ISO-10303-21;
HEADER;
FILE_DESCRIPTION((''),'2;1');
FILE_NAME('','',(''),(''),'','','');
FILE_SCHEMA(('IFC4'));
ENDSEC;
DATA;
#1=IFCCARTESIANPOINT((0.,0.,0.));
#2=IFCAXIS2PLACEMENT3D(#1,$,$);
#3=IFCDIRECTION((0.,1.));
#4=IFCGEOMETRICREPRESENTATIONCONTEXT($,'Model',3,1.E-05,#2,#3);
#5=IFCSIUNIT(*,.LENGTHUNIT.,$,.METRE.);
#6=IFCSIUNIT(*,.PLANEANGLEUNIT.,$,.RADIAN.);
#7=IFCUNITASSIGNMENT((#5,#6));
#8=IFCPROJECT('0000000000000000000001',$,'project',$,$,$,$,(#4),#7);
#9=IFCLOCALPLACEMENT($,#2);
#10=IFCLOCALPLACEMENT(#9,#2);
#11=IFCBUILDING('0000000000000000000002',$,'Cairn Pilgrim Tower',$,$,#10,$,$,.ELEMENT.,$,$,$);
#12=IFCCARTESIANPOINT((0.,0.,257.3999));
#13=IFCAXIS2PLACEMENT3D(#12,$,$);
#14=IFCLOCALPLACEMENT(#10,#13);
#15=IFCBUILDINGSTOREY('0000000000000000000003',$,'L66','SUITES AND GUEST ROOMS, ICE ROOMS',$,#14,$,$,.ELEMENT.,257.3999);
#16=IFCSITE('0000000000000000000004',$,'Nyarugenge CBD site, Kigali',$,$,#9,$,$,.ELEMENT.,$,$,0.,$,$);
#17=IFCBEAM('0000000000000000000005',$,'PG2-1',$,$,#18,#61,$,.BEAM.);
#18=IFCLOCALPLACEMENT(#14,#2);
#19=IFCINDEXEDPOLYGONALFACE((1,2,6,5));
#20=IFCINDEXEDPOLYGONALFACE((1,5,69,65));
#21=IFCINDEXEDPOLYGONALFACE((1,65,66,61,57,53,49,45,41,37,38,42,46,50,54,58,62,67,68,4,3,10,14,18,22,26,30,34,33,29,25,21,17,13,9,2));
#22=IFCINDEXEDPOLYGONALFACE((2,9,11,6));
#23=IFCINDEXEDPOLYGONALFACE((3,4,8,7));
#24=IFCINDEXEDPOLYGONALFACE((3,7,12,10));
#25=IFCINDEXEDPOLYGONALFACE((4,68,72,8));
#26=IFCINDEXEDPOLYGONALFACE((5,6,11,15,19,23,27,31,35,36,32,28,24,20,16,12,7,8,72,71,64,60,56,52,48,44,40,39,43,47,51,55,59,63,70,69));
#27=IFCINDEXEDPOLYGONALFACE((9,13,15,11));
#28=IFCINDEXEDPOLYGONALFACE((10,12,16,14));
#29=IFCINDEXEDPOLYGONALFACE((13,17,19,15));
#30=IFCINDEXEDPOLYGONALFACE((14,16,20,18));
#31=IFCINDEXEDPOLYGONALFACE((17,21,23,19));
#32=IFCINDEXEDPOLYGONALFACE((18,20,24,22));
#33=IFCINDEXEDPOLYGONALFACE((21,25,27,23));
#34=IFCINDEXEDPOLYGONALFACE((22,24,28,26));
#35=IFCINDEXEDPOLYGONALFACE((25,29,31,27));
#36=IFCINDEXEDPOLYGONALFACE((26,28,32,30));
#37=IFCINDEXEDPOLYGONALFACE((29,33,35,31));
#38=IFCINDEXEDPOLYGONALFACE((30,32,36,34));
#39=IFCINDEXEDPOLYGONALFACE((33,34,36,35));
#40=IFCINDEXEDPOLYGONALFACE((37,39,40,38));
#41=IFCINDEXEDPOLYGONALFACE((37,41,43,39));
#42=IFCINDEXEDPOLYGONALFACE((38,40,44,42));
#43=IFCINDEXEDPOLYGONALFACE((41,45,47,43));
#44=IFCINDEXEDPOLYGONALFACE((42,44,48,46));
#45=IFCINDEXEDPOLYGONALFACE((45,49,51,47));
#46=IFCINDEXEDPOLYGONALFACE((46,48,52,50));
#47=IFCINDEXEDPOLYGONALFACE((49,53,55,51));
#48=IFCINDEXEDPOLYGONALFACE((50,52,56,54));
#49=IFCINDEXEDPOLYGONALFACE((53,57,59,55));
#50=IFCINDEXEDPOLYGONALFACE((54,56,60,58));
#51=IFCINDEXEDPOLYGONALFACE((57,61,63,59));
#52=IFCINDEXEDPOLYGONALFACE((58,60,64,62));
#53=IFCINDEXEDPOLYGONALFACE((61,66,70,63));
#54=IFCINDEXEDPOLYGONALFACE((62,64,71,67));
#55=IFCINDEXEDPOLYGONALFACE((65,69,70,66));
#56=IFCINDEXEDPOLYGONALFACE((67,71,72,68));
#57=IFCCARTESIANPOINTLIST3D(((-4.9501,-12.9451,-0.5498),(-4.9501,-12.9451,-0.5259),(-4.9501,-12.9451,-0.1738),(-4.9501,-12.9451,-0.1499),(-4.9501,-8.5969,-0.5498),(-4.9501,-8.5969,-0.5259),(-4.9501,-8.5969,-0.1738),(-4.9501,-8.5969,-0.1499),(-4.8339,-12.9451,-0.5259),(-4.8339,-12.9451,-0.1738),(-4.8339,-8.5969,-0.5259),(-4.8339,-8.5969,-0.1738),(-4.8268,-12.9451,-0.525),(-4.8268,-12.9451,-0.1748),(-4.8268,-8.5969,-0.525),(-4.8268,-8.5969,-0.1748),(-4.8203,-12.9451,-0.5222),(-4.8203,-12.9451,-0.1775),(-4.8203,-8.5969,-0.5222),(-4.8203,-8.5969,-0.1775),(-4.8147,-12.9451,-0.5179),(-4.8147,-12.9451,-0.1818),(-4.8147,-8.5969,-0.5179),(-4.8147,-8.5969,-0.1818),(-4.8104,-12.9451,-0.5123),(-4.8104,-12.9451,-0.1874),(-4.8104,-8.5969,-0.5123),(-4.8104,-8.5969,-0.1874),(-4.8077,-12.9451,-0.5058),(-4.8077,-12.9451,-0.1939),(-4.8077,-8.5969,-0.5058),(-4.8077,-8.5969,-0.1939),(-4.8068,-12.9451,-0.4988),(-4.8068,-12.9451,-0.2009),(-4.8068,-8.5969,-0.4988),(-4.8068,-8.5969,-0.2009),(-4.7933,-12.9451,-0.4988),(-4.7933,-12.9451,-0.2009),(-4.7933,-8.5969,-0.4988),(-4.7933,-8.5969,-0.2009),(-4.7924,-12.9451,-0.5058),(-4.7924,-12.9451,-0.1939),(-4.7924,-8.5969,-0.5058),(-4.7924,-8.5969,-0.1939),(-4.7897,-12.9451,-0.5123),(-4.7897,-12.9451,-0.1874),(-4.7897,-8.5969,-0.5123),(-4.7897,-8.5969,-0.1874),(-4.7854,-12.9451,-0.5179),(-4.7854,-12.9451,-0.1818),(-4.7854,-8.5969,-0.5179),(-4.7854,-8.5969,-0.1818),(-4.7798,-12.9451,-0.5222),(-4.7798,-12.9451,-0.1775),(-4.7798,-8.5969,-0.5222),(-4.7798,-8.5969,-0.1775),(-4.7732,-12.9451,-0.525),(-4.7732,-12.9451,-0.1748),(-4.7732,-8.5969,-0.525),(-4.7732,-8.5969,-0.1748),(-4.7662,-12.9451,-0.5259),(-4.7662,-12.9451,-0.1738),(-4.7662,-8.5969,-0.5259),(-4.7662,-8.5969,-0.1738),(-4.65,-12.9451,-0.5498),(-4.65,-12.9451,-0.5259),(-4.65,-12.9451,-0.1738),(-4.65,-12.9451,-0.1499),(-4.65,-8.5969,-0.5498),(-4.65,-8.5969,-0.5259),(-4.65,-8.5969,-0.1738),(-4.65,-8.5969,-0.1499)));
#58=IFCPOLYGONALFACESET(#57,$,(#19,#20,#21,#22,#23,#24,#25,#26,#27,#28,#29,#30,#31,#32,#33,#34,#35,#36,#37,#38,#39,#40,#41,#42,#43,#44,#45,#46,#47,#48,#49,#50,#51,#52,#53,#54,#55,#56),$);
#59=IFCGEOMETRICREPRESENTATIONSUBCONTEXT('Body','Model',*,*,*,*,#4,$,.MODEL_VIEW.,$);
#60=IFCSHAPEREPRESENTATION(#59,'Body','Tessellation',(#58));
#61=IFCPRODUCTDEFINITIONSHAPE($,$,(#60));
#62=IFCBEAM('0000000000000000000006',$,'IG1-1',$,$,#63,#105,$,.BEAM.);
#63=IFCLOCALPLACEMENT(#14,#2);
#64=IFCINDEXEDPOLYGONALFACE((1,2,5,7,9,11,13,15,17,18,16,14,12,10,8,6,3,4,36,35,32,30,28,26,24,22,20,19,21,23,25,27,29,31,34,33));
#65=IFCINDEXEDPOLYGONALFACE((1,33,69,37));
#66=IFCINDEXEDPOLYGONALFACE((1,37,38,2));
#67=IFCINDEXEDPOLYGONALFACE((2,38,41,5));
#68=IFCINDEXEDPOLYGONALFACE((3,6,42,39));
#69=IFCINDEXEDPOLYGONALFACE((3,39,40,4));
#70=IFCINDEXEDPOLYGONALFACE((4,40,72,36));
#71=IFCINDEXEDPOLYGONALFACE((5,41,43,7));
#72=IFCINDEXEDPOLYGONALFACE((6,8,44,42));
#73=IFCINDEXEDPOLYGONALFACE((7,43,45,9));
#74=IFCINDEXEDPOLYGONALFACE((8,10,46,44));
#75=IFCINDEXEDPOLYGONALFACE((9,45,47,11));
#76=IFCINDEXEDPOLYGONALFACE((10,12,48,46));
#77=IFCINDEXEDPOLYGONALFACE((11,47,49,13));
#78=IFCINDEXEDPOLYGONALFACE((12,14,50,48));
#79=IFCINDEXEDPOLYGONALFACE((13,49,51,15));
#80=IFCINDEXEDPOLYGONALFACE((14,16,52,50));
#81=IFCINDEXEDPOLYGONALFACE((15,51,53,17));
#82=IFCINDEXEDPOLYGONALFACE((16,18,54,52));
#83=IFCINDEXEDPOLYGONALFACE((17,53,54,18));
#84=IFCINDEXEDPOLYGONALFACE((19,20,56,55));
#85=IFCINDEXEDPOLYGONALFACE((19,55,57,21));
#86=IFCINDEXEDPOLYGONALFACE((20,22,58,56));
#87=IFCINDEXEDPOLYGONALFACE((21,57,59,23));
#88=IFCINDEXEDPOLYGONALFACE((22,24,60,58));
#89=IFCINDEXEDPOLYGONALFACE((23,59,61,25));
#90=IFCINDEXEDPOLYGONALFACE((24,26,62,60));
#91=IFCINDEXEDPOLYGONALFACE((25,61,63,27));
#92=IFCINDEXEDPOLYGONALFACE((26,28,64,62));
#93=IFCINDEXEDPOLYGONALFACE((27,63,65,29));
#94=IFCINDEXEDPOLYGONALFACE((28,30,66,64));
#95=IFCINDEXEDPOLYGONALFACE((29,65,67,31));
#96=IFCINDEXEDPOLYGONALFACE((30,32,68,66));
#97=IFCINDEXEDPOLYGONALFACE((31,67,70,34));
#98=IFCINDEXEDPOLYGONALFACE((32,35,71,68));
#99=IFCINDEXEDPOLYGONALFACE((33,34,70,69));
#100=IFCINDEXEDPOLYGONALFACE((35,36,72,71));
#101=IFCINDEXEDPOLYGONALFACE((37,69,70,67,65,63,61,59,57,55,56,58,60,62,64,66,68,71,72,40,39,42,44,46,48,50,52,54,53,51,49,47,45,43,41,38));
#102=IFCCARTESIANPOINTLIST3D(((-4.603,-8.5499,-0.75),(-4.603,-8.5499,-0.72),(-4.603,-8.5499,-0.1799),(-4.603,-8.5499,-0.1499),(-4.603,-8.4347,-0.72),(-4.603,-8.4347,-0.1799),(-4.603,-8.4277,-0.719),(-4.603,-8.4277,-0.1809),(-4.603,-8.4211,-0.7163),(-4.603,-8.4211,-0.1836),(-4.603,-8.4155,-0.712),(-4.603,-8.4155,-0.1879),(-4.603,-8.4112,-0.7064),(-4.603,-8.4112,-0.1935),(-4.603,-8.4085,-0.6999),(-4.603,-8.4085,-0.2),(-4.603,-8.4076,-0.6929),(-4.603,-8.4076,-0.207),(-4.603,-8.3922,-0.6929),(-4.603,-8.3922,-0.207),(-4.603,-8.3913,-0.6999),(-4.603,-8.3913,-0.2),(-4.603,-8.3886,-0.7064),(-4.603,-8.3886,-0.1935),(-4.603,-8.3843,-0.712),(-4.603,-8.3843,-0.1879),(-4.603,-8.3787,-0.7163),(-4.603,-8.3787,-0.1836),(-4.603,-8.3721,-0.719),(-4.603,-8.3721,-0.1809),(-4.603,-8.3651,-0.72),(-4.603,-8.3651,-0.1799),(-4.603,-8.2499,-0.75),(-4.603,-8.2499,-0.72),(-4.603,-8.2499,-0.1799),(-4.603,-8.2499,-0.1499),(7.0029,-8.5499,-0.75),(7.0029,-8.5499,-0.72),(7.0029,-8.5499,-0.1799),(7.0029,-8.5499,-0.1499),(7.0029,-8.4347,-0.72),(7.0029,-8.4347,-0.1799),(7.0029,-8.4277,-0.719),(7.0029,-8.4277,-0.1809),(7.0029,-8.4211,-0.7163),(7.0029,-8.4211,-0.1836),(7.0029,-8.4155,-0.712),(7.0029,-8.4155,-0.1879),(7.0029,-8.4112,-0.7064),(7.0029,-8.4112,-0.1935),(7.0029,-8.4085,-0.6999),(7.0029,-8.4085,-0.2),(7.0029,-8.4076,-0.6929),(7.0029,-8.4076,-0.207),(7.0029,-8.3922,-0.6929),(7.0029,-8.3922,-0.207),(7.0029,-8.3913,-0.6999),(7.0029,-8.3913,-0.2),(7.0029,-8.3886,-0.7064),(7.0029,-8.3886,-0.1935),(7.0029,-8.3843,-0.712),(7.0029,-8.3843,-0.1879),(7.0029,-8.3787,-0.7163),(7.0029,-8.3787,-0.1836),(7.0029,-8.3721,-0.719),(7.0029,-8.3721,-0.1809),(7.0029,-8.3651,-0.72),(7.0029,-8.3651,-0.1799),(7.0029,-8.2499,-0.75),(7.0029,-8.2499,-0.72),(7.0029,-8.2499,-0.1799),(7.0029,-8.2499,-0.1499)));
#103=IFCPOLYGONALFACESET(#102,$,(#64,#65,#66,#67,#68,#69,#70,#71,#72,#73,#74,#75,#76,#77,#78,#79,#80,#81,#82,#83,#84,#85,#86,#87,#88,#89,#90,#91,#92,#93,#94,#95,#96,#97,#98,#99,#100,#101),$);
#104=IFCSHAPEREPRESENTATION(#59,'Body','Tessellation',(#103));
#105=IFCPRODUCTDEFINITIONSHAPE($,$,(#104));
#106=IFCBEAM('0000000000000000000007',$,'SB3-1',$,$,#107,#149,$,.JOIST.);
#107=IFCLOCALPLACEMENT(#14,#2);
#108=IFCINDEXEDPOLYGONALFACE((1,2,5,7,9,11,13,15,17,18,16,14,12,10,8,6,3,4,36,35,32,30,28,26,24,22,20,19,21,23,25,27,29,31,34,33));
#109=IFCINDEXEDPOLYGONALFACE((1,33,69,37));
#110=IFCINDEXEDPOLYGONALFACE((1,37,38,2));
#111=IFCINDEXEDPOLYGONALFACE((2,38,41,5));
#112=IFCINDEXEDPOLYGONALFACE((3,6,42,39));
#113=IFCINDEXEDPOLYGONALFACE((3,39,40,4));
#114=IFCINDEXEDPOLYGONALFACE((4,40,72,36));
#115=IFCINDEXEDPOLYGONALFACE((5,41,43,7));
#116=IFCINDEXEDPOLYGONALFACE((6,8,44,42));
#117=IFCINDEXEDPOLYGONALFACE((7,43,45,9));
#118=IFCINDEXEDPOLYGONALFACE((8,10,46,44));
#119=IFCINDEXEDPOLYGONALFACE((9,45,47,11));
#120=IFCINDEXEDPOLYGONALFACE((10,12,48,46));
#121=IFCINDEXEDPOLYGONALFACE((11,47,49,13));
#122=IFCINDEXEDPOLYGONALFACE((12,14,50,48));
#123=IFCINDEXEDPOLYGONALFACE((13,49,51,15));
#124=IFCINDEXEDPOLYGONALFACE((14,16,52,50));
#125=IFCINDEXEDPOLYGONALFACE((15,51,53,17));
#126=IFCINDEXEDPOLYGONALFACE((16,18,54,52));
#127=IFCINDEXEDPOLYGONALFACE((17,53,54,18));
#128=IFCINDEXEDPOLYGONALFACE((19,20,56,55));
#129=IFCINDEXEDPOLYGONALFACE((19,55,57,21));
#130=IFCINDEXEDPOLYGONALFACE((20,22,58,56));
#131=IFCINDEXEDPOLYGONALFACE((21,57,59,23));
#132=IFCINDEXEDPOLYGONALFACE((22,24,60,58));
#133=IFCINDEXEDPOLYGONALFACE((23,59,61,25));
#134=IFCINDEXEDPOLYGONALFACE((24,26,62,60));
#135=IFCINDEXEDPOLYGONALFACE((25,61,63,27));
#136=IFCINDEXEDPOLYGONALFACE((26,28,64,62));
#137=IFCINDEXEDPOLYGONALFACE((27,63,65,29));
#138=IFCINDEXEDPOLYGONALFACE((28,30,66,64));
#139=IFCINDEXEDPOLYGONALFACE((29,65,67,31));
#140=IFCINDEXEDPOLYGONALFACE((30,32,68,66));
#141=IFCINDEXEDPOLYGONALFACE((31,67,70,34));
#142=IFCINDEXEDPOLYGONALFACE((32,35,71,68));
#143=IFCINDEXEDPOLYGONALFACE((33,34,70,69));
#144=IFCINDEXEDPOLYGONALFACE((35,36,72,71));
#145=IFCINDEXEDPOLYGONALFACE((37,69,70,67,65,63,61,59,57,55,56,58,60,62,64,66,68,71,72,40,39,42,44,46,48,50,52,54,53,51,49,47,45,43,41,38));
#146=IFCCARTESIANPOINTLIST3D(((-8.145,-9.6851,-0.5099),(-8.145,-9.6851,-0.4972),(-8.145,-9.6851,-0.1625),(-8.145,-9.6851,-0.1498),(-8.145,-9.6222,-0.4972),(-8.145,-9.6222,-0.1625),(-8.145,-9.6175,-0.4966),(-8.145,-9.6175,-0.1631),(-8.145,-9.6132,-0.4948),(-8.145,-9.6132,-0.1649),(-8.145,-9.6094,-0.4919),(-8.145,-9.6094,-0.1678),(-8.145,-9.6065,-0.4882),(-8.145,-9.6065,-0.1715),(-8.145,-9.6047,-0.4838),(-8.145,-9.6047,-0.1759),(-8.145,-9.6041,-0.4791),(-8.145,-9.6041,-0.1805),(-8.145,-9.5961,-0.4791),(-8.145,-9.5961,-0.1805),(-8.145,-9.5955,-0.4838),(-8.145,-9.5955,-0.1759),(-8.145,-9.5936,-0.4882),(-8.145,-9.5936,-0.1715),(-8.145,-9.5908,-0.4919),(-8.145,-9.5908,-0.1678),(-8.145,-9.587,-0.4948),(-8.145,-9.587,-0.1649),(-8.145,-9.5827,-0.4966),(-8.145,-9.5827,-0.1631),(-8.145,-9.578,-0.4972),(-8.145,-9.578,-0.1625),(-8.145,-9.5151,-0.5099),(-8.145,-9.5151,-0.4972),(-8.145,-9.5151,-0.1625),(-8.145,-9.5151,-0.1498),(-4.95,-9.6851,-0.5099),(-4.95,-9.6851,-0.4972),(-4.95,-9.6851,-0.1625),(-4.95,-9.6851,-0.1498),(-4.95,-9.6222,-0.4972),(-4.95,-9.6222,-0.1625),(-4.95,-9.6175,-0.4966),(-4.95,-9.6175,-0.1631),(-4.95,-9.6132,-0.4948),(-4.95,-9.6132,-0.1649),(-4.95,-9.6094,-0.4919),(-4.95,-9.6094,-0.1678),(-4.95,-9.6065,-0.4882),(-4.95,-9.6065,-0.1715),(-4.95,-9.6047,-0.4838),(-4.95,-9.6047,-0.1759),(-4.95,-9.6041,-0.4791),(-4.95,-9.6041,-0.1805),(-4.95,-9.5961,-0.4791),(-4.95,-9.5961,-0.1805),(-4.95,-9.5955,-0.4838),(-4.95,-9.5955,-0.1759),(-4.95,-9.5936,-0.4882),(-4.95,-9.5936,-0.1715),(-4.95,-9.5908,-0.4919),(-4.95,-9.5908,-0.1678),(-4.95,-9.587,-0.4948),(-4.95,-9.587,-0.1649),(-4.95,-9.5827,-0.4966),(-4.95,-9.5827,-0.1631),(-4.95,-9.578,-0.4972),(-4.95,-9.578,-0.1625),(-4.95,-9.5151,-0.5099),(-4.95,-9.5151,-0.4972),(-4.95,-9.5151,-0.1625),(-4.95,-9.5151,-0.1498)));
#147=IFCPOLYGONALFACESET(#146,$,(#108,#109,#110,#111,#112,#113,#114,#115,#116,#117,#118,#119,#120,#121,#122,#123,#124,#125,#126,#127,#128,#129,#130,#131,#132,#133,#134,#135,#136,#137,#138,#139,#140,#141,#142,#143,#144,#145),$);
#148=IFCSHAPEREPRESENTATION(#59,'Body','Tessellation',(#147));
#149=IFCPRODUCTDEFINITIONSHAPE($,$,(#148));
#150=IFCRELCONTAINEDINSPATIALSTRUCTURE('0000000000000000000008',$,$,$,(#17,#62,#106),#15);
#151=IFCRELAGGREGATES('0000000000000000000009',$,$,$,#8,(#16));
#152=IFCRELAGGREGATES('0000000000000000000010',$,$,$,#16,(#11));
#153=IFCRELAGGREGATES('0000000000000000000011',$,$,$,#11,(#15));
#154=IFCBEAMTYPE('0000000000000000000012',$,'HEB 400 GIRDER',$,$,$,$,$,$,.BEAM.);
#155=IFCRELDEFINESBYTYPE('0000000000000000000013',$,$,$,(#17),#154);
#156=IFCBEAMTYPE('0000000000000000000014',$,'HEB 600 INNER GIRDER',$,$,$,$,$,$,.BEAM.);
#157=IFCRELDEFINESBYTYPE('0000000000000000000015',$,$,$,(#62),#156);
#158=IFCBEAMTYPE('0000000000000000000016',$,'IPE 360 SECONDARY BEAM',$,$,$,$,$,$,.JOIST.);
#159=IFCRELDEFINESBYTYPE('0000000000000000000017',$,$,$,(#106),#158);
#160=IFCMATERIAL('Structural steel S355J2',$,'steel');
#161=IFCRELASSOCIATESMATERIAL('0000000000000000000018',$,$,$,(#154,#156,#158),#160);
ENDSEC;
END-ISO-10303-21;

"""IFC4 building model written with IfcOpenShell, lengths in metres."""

from ifc_helpers import new_model, si_unit, direction, frame, origin, origin_2d, place, context, subcontext, project, spatial, i_section, extrude, material, material_profile, profile_set, type_object, element, save


model = new_model("IFC4")

# Units and contexts
model_context = context("Model", 3, precision=1e-05, world=origin(), true_north=direction((0.0, 1.0)))
body_context = subcontext(model_context, "Body", "Model", "MODEL_VIEW")
ifc_project = project(units=[si_unit("LENGTHUNIT", "METRE"), si_unit("PLANEANGLEUNIT", "RADIAN")], contexts=[model_context])

# Site, building, storey
site_placement = place(None, origin())
site = spatial("IfcSite", under=ifc_project, at=site_placement, Name="Nyarugenge CBD site, Kigali", CompositionType="ELEMENT", RefElevation=0.0)
building_placement = place(site_placement, origin())
building = spatial("IfcBuilding", under=site, at=building_placement, Name="Cairn Pilgrim Tower", CompositionType="ELEMENT")
storey_placement = place(building_placement, frame((0.0, 0.0, 257.3999)))
storey = spatial("IfcBuildingStorey", under=building, at=storey_placement, Name="L66", Description="SUITES AND GUEST ROOMS, ICE ROOMS", CompositionType="ELEMENT", Elevation=257.3999)

# Shared definitions
ifc_material_1 = material(Name="Structural steel S355J2", Category="steel")

# Beams
ifc_material_profile_1 = material_profile(ifc_material_1, i_section(OverallWidth=0.3, OverallDepth=0.3999, WebThickness=0.0134, FlangeThickness=0.0239, FilletRadius=0.0271, at=origin_2d()), Name="HEB 400")
ifc_profile_set_1 = profile_set([ifc_material_profile_1], Name="Structural steel S355J2")
beam_type_1 = type_object("IfcBeamType", Name="HEB 400 GIRDER", PredefinedType="BEAM", material=ifc_profile_set_1)
beam_1_placement = place(storey_placement, frame((-4.8, -12.9451, -0.3499), z_axis=(0.0, 1.0, 0.0), x_axis=(-1.0, 0.0, 0.0)))
element("IfcBeam", 1, at=beam_1_placement, inside=storey, type_object=beam_type_1, Name="PG2-1", PredefinedType="BEAM", context=body_context, shape_type="SweptSolid", body=[
    extrude(i_section(OverallWidth=0.3, OverallDepth=0.3999, WebThickness=0.0134, FlangeThickness=0.0239, FilletRadius=0.0271, at=origin_2d()), origin(), (0.0, 0.0, 1.0), 4.3481),
])
ifc_material_profile_2 = material_profile(ifc_material_1, i_section(OverallWidth=0.3, OverallDepth=0.6001, WebThickness=0.0154, FlangeThickness=0.03, FilletRadius=0.0271, at=origin_2d()), Name="HEB 600")
ifc_profile_set_2 = profile_set([ifc_material_profile_2], Name="Structural steel S355J2")
beam_type_2 = type_object("IfcBeamType", Name="HEB 600 INNER GIRDER", PredefinedType="BEAM", material=ifc_profile_set_2)
beam_2_placement = place(storey_placement, frame((-4.603, -8.3999, -0.45), z_axis=(1.0, 0.0, 0.0), x_axis=(0.0, 1.0, 0.0)))
element("IfcBeam", 2, at=beam_2_placement, inside=storey, type_object=beam_type_2, Name="IG1-1", PredefinedType="BEAM", context=body_context, shape_type="SweptSolid", body=[
    extrude(i_section(OverallWidth=0.3, OverallDepth=0.6001, WebThickness=0.0154, FlangeThickness=0.03, FilletRadius=0.0271, at=origin_2d()), origin(), (0.0, 0.0, 1.0), 11.606),
])
ifc_material_profile_3 = material_profile(ifc_material_1, i_section(OverallWidth=0.1699, OverallDepth=0.3601, WebThickness=0.0081, FlangeThickness=0.0127, FilletRadius=0.0181, at=origin_2d()), Name="IPE 360")
ifc_profile_set_3 = profile_set([ifc_material_profile_3], Name="Structural steel S355J2")
beam_type_3 = type_object("IfcBeamType", Name="IPE 360 SECONDARY BEAM", PredefinedType="JOIST", material=ifc_profile_set_3)
beam_3_placement = place(storey_placement, frame((-8.145, -9.6001, -0.3298), z_axis=(1.0, 0.0, 0.0), x_axis=(0.0, 1.0, 0.0)))
element("IfcBeam", 3, at=beam_3_placement, inside=storey, type_object=beam_type_3, Name="SB3-1", PredefinedType="JOIST", context=body_context, shape_type="SweptSolid", body=[
    extrude(i_section(OverallWidth=0.1699, OverallDepth=0.3601, WebThickness=0.0081, FlangeThickness=0.0127, FilletRadius=0.0181, at=origin_2d()), origin(), (0.0, 0.0, 1.0), 3.1951),
])

save(model, "model.ifc")
